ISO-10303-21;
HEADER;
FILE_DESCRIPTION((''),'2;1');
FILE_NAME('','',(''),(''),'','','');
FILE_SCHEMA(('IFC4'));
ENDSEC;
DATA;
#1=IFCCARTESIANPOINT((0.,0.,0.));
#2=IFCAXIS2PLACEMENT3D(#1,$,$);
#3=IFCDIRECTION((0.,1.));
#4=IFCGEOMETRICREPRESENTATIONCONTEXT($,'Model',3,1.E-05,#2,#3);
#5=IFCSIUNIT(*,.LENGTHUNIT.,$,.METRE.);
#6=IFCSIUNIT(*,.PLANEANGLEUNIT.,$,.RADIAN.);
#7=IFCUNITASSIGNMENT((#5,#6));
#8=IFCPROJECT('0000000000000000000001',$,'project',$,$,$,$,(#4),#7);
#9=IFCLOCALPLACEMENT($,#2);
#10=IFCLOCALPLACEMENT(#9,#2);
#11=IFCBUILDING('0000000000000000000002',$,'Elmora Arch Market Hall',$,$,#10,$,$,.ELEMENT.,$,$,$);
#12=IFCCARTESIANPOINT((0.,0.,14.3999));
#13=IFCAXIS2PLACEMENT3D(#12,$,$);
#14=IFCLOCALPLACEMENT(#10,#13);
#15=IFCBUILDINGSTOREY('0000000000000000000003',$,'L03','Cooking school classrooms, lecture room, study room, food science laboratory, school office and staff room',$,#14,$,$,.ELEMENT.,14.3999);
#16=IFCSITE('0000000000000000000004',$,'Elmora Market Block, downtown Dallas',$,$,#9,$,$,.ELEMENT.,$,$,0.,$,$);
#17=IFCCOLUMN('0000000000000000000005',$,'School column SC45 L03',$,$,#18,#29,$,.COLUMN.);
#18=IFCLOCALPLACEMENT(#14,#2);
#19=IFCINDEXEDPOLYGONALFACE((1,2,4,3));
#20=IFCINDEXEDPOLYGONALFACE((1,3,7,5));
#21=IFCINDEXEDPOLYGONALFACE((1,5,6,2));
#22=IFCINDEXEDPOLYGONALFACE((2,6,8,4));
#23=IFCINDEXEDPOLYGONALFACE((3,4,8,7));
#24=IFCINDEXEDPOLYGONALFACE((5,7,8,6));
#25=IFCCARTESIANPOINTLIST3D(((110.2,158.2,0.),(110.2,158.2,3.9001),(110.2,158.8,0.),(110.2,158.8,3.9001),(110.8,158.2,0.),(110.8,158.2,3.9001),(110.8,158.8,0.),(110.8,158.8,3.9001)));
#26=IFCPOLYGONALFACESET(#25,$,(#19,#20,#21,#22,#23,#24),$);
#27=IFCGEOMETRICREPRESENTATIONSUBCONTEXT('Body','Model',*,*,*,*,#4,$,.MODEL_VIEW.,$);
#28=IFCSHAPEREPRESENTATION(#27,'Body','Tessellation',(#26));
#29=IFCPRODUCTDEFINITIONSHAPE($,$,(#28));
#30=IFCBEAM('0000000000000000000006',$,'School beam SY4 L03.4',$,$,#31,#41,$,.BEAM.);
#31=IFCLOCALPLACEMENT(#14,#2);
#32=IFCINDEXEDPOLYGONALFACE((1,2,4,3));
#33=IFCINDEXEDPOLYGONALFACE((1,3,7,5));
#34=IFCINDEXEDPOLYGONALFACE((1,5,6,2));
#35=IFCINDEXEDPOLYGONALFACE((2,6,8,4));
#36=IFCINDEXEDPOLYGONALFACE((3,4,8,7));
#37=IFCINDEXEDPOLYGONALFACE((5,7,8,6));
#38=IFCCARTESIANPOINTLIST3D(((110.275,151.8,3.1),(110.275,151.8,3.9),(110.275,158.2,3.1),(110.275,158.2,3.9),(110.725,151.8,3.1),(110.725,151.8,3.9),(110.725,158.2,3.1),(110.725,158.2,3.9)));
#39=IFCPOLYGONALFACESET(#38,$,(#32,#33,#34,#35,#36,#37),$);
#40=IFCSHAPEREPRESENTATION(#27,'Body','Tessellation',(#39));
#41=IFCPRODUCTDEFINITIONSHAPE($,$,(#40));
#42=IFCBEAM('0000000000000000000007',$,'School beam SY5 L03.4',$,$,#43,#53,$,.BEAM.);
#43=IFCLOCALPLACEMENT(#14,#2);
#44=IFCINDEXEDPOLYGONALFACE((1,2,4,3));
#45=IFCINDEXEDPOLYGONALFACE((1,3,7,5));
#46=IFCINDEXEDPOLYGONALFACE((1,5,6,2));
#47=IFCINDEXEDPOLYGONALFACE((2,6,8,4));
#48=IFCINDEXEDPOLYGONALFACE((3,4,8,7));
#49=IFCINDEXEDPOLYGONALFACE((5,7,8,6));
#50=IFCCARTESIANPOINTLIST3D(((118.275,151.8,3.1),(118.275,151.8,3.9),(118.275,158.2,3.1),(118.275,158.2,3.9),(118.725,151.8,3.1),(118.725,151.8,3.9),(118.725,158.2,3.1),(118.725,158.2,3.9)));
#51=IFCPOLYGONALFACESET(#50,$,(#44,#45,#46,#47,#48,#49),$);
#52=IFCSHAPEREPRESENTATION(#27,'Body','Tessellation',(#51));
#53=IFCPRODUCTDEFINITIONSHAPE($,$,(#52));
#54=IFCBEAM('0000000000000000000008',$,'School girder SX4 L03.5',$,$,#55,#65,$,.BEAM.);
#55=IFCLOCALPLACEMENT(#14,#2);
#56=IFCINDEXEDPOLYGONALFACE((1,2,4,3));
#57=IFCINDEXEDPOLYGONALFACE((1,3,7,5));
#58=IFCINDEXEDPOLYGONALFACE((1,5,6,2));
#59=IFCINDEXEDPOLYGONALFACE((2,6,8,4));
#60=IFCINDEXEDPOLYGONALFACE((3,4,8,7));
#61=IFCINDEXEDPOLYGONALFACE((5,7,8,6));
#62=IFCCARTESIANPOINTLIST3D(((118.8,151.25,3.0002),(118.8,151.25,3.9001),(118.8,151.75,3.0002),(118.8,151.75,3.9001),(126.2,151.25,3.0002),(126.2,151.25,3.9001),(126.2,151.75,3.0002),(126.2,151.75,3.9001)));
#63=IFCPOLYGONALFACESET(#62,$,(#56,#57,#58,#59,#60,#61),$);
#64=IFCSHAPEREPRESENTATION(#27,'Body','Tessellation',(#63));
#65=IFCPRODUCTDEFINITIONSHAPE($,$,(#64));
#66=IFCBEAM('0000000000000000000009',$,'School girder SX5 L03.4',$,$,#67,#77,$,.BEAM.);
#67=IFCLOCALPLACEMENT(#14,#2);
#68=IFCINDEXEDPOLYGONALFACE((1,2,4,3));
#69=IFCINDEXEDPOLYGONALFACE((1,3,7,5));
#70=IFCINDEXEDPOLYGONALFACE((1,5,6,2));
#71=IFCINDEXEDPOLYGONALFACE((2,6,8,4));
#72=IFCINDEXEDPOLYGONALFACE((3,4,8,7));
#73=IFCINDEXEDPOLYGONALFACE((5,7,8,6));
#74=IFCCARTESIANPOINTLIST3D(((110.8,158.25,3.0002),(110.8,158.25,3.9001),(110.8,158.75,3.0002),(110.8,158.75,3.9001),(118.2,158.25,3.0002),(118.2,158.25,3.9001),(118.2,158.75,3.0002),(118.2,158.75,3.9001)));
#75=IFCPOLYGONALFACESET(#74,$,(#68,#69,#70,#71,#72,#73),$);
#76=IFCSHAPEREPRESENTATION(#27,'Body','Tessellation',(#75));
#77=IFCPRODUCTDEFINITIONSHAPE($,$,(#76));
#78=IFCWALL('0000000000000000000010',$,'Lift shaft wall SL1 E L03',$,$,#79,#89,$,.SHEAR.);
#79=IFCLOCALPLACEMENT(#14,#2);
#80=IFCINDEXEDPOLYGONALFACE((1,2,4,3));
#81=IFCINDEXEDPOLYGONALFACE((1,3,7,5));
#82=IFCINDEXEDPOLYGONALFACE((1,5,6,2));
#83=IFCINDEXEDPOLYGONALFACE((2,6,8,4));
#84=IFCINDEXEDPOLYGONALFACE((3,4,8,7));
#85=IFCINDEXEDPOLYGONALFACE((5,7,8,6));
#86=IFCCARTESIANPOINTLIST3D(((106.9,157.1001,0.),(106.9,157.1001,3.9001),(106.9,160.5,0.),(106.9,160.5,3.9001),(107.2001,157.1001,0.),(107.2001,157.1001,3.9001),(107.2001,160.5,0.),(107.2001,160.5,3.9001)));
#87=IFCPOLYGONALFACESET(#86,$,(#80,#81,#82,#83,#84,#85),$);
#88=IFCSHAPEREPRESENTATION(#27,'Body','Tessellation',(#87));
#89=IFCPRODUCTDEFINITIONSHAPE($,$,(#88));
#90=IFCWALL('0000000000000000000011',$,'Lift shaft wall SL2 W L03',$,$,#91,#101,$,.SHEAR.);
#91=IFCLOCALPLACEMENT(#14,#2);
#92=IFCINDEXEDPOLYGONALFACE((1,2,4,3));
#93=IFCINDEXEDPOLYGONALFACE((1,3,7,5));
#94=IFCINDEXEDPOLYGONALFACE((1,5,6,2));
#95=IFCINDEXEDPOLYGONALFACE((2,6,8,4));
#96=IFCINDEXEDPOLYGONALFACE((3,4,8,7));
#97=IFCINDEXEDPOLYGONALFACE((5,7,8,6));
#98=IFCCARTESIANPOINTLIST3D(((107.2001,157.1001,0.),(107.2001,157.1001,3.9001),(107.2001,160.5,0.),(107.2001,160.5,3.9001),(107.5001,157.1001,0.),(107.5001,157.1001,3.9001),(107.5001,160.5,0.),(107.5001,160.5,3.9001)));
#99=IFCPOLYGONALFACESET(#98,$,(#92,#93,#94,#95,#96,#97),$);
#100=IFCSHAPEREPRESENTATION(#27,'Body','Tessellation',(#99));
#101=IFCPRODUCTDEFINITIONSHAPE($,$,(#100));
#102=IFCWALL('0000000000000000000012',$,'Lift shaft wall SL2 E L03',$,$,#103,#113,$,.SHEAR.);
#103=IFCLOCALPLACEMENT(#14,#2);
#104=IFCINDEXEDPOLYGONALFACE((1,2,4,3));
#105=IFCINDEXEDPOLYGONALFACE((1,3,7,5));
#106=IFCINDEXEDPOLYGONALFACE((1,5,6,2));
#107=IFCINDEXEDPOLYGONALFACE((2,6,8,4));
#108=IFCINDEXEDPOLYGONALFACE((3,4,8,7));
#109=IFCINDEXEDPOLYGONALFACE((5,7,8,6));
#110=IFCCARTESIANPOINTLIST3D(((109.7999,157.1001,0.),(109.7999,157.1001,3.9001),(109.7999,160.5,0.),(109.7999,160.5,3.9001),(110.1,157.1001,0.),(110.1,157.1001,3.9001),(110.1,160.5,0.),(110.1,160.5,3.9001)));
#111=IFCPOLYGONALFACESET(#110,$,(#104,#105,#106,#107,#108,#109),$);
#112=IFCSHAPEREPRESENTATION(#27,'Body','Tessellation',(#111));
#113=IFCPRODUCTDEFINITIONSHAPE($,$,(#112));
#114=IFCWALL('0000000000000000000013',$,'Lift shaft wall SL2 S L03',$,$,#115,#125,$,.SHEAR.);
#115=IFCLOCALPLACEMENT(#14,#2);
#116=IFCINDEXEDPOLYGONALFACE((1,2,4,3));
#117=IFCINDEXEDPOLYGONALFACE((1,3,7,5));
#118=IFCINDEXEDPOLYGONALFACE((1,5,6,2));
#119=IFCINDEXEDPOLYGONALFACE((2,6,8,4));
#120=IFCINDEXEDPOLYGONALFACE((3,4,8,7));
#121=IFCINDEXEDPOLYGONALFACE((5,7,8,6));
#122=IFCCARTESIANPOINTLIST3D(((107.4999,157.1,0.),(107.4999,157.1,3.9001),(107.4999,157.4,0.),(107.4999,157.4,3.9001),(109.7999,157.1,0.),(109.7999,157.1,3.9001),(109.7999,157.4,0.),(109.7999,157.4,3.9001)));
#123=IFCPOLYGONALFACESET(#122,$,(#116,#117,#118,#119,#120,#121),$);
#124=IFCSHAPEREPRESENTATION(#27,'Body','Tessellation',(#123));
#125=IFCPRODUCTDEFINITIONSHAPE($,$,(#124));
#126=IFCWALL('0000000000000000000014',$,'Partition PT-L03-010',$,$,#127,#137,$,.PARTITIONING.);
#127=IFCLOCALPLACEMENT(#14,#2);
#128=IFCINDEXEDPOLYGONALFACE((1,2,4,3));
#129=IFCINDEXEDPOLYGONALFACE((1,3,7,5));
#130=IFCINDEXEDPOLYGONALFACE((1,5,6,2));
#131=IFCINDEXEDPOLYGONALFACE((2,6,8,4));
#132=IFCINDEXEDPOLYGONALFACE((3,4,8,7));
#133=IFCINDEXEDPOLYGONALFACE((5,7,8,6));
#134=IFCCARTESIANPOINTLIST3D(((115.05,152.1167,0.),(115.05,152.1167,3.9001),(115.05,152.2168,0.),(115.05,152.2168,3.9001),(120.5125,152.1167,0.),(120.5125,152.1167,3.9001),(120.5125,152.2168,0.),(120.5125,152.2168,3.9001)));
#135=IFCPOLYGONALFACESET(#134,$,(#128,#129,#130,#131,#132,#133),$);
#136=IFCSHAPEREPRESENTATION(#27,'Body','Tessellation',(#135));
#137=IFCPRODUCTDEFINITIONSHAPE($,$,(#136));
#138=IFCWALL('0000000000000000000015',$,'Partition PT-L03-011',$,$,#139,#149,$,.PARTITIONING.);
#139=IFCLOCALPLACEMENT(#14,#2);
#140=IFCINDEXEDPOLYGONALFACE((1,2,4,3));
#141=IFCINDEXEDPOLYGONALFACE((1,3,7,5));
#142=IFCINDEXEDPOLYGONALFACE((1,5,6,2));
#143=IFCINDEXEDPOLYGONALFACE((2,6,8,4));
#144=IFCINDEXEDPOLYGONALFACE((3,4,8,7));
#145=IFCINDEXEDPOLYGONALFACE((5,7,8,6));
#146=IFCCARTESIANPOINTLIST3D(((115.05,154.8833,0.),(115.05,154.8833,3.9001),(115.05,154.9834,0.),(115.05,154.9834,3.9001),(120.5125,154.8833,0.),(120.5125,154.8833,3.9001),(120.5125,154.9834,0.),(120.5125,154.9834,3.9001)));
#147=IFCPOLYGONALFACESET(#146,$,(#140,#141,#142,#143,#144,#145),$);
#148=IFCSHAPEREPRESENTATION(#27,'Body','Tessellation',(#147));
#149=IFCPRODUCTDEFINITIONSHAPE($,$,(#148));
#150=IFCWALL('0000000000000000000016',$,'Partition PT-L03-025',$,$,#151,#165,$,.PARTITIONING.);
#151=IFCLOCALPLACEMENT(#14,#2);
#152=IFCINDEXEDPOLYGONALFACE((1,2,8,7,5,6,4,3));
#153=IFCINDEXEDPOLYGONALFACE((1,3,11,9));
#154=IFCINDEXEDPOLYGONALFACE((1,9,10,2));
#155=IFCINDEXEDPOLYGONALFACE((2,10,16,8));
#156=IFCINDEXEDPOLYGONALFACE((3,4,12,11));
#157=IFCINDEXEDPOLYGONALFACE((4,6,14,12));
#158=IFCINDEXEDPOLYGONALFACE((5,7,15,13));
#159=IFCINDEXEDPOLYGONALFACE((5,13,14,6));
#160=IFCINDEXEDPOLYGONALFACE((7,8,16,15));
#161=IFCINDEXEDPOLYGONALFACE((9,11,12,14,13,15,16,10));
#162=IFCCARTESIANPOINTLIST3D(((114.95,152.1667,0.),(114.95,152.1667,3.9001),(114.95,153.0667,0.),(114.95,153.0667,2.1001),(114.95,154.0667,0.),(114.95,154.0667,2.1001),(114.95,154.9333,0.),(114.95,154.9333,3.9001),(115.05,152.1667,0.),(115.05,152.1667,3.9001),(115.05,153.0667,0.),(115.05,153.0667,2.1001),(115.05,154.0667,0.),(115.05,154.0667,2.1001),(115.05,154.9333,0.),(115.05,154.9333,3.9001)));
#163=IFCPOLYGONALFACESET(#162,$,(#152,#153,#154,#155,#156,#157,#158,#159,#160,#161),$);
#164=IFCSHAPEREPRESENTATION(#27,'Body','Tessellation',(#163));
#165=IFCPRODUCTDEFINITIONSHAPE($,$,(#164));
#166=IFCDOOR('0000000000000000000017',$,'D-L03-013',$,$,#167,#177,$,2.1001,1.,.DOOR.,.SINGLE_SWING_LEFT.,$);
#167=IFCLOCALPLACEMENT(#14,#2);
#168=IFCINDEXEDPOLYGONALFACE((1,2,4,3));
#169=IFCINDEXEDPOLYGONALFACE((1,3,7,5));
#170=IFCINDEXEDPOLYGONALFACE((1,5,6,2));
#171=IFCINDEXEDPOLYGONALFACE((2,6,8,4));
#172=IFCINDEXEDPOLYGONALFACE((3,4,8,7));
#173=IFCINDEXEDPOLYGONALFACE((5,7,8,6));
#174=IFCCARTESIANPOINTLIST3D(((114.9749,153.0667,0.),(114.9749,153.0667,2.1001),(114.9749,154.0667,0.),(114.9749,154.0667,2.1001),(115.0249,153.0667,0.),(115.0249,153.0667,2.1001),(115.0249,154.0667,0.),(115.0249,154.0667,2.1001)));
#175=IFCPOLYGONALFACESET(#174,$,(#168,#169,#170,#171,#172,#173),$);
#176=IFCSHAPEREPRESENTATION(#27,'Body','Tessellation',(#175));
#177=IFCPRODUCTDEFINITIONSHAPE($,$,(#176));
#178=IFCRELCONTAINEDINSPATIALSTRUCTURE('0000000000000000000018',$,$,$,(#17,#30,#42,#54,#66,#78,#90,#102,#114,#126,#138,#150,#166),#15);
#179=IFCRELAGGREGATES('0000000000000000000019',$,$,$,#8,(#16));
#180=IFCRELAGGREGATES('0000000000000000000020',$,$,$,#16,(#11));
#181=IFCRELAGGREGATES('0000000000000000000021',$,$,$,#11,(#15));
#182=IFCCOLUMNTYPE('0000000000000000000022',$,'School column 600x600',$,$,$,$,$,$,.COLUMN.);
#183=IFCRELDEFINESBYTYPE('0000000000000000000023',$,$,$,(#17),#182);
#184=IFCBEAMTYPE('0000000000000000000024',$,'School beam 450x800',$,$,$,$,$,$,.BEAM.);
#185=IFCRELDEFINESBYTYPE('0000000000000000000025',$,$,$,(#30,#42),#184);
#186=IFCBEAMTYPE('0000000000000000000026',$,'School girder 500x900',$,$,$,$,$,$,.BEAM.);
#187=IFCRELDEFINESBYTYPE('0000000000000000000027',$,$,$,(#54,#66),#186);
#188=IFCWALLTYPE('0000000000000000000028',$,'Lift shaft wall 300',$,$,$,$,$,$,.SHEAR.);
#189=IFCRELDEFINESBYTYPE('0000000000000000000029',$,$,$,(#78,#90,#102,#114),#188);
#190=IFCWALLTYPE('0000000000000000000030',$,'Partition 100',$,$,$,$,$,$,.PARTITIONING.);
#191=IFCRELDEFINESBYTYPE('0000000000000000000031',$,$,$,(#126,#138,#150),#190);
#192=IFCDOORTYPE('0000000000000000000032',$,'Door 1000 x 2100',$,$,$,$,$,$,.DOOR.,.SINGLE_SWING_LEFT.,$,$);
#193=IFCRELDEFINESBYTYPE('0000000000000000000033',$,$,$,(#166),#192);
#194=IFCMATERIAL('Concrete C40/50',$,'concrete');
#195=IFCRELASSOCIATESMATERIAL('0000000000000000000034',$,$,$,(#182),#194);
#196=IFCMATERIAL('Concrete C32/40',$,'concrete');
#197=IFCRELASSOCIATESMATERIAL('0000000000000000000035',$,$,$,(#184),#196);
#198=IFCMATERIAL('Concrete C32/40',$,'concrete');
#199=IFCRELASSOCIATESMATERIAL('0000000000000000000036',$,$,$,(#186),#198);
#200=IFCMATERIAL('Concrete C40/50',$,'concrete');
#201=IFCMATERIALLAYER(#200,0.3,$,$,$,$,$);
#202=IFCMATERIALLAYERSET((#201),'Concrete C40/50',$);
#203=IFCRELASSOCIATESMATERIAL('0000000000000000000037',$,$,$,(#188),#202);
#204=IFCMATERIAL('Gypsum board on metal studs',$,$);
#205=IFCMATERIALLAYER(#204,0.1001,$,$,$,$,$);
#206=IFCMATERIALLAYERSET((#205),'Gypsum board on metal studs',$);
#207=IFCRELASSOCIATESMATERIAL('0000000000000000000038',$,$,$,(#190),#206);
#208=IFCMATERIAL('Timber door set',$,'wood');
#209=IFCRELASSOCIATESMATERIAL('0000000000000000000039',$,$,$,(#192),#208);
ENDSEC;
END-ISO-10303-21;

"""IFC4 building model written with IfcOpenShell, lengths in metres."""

from ifc_helpers import new_model, si_unit, direction, frame, frame_2d, origin, origin_2d, place, context, subcontext, project, spatial, rectangle, extrude, material, layer, layer_set, material_profile, profile_set, type_object, element, fill, save


model = new_model("IFC4")

# Units and contexts
model_context = context("Model", 3, precision=1e-05, world=origin(), true_north=direction((0.0, 1.0)))
body_context = subcontext(model_context, "Body", "Model", "MODEL_VIEW")
ifc_project = project(units=[si_unit("LENGTHUNIT", "METRE"), si_unit("PLANEANGLEUNIT", "RADIAN")], contexts=[model_context])

# Site, building, storey
site_placement = place(None, origin())
site = spatial("IfcSite", under=ifc_project, at=site_placement, Name="Elmora Market Block, downtown Dallas", CompositionType="ELEMENT", RefElevation=0.0)
building_placement = place(site_placement, origin())
building = spatial("IfcBuilding", under=site, at=building_placement, Name="Elmora Arch Market Hall", CompositionType="ELEMENT")
storey_placement = place(building_placement, frame((0.0, 0.0, 14.3999)))
storey = spatial("IfcBuildingStorey", under=building, at=storey_placement, Name="L03", Description="Cooking school classrooms, lecture room, study room, food science laboratory, school office and staff room", CompositionType="ELEMENT", Elevation=14.3999)

# Column
ifc_material_1 = material(Name="Concrete C40/50", Category="concrete")
ifc_material_profile_1 = material_profile(ifc_material_1, rectangle(XDim=0.6001, YDim=0.6001, at=origin_2d()), Name="School column 600x600")
ifc_profile_set_1 = profile_set([ifc_material_profile_1], Name="Concrete C40/50")
column_type = type_object("IfcColumnType", Name="School column 600x600", PredefinedType="COLUMN", material=ifc_profile_set_1)
column_placement = place(storey_placement, frame((110.5, 158.5, 0.0), z_axis=(0.0, 0.0, 1.0), x_axis=(1.0, 0.0, 0.0)))
element("IfcColumn", 1, at=column_placement, inside=storey, type_object=column_type, Name="School column SC45 L03", PredefinedType="COLUMN", context=body_context, shape_type="SweptSolid", body=[
    extrude(rectangle(XDim=0.6001, YDim=0.6001, at=origin_2d()), origin(), (0.0, 0.0, 1.0), 3.9001),
])

# Beams
ifc_material_2 = material(Name="Concrete C32/40", Category="concrete")
ifc_material_profile_2 = material_profile(ifc_material_2, rectangle(XDim=0.45, YDim=0.8, at=origin_2d()), Name="School beam 450x800")
ifc_profile_set_2 = profile_set([ifc_material_profile_2], Name="Concrete C32/40")
beam_type_1 = type_object("IfcBeamType", Name="School beam 450x800", PredefinedType="BEAM", material=ifc_profile_set_2)
for number, where, z_axis, x_axis, name in (
    (2, (110.5, 151.8, 3.5), (0.0, 1.0, 0.0), (-1.0, 0.0, 0.0), "School beam SY4 L03.4"),
    (3, (118.5, 151.8, 3.5), (0.0, 1.0, 0.0), (-1.0, 0.0, 0.0), "School beam SY5 L03.4"),
):
    element("IfcBeam", number, at=place(storey_placement, frame(where, z_axis=z_axis, x_axis=x_axis)), inside=storey, type_object=beam_type_1, Name=name, PredefinedType="BEAM", context=body_context, shape_type="SweptSolid", body=[
        extrude(rectangle(XDim=0.45, YDim=0.8, at=origin_2d()), origin(), (0.0, 0.0, 1.0), 6.3999),
    ])
ifc_material_3 = material(Name="Concrete C32/40", Category="concrete")
ifc_material_profile_3 = material_profile(ifc_material_3, rectangle(XDim=0.5, YDim=0.8999, at=origin_2d()), Name="School girder 500x900")
ifc_profile_set_3 = profile_set([ifc_material_profile_3], Name="Concrete C32/40")
beam_type_2 = type_object("IfcBeamType", Name="School girder 500x900", PredefinedType="BEAM", material=ifc_profile_set_3)
for number, where, z_axis, x_axis, name in (
    (4, (118.8, 151.5, 3.4502), (1.0, 0.0, 0.0), (0.0, 1.0, 0.0), "School girder SX4 L03.5"),
    (5, (110.8, 158.5, 3.4502), (1.0, 0.0, 0.0), (0.0, 1.0, 0.0), "School girder SX5 L03.4"),
):
    element("IfcBeam", number, at=place(storey_placement, frame(where, z_axis=z_axis, x_axis=x_axis)), inside=storey, type_object=beam_type_2, Name=name, PredefinedType="BEAM", context=body_context, shape_type="SweptSolid", body=[
        extrude(rectangle(XDim=0.5, YDim=0.8999, at=origin_2d()), origin(), (0.0, 0.0, 1.0), 7.3999),
    ])

# Walls
ifc_material_4 = material(Name="Concrete C40/50", Category="concrete")
ifc_layer_1 = layer(ifc_material_4, 0.3)
ifc_layer_set_1 = layer_set([ifc_layer_1], Name="Concrete C40/50")
wall_type_1 = type_object("IfcWallType", Name="Lift shaft wall 300", PredefinedType="SHEAR", material=ifc_layer_set_1)
for number, where, z_axis, x_axis, name in (
    (6, (107.05, 157.1001, 0.0), (0.0, 0.0, 1.0), (0.0, 1.0, 0.0), "Lift shaft wall SL1 E L03"),
    (7, (107.3501, 157.1001, 0.0), (0.0, 0.0, 1.0), (0.0, 1.0, 0.0), "Lift shaft wall SL2 W L03"),
    (8, (109.95, 157.1001, 0.0), (0.0, 0.0, 1.0), (0.0, 1.0, 0.0), "Lift shaft wall SL2 E L03"),
):
    element("IfcWall", number, at=place(storey_placement, frame(where, z_axis=z_axis, x_axis=x_axis)), inside=storey, type_object=wall_type_1, Name=name, PredefinedType="SHEAR", context=body_context, shape_type="SweptSolid", body=[
        extrude(rectangle(XDim=3.3999, YDim=0.3, at=frame_2d((1.7, 0.0))), origin(), (0.0, 0.0, 1.0), 3.9001),
    ])
wall_1_placement = place(storey_placement, frame((107.5, 157.25, 0.0), z_axis=(0.0, 0.0, 1.0), x_axis=(1.0, 0.0, 0.0)))
element("IfcWall", 9, at=wall_1_placement, inside=storey, type_object=wall_type_1, Name="Lift shaft wall SL2 S L03", PredefinedType="SHEAR", context=body_context, shape_type="SweptSolid", body=[
    extrude(rectangle(XDim=2.3, YDim=0.3, at=frame_2d((1.1499, 0.0))), origin(), (0.0, 0.0, 1.0), 3.9001),
])
ifc_material_5 = material(Name="Gypsum board on metal studs")
ifc_layer_2 = layer(ifc_material_5, 0.1001)
ifc_layer_set_2 = layer_set([ifc_layer_2], Name="Gypsum board on metal studs")
wall_type_2 = type_object("IfcWallType", Name="Partition 100", PredefinedType="PARTITIONING", material=ifc_layer_set_2)
for number, where, z_axis, x_axis, name in (
    (10, (115.05, 152.1667, 0.0), (0.0, 0.0, 1.0), (1.0, 0.0, 0.0), "Partition PT-L03-010"),
    (11, (115.05, 154.9333, 0.0), (0.0, 0.0, 1.0), (1.0, 0.0, 0.0), "Partition PT-L03-011"),
):
    element("IfcWall", number, at=place(storey_placement, frame(where, z_axis=z_axis, x_axis=x_axis)), inside=storey, type_object=wall_type_2, Name=name, PredefinedType="PARTITIONING", context=body_context, shape_type="SweptSolid", body=[
        extrude(rectangle(XDim=5.4624, YDim=0.1001, at=frame_2d((2.7312, 0.0))), origin(), (0.0, 0.0, 1.0), 3.9001),
    ])

# Wall, opening, door
wall_2_placement = place(storey_placement, frame((115.0, 152.1667, 0.0), z_axis=(0.0, 0.0, 1.0), x_axis=(0.0, 1.0, 0.0)))
wall_2 = element("IfcWall", 12, at=wall_2_placement, inside=storey, type_object=wall_type_2, Name="Partition PT-L03-025", PredefinedType="PARTITIONING", context=body_context, shape_type="SweptSolid", body=[
    extrude(rectangle(XDim=2.7666, YDim=0.1001, at=frame_2d((1.3833, 0.0))), origin(), (0.0, 0.0, 1.0), 3.9001),
])
opening_1_placement = place(wall_2_placement, frame((0.8999, 0.0, 0.0)))
opening_1 = element("IfcOpeningElement", 13, at=opening_1_placement, cuts=wall_2, PredefinedType="OPENING", context=body_context, shape_type="SweptSolid", body=[
    extrude(rectangle(XDim=1.0, YDim=2.1001, at=frame_2d((0.5, 1.05))), frame((0.0, 0.0601, 0.0), z_axis=(0.0, -1.0, 0.0), x_axis=(1.0, 0.0, 0.0)), (0.0, 0.0, 1.0), 0.1201),
])
ifc_material_6 = material(Name="Timber door set", Category="wood")
door_type_1 = type_object("IfcDoorType", Name="Door 1000 x 2100", OperationType="SINGLE_SWING_LEFT", PredefinedType="DOOR", material=ifc_material_6)
door_1_placement = place(opening_1_placement, frame((1.0, 0.0, 0.0), z_axis=(0.0, 0.0, 1.0), x_axis=(-1.0, 0.0, 0.0)))
door_1 = element("IfcDoor", 14, at=door_1_placement, inside=storey, type_object=door_type_1, Name="D-L03-013", OperationType="SINGLE_SWING_LEFT", OverallHeight=2.1001, OverallWidth=1.0, PredefinedType="DOOR", context=body_context, shape_type="SweptSolid", body=[
    extrude(rectangle(XDim=1.0, YDim=2.1001, at=frame_2d((0.5, 1.05))), frame((0.0, 0.0249, 0.0), z_axis=(0.0, -1.0, 0.0), x_axis=(1.0, 0.0, 0.0)), (0.0, 0.0, 1.0), 0.05),
])
fill(opening_1, door_1)

save(model, "model.ifc")
